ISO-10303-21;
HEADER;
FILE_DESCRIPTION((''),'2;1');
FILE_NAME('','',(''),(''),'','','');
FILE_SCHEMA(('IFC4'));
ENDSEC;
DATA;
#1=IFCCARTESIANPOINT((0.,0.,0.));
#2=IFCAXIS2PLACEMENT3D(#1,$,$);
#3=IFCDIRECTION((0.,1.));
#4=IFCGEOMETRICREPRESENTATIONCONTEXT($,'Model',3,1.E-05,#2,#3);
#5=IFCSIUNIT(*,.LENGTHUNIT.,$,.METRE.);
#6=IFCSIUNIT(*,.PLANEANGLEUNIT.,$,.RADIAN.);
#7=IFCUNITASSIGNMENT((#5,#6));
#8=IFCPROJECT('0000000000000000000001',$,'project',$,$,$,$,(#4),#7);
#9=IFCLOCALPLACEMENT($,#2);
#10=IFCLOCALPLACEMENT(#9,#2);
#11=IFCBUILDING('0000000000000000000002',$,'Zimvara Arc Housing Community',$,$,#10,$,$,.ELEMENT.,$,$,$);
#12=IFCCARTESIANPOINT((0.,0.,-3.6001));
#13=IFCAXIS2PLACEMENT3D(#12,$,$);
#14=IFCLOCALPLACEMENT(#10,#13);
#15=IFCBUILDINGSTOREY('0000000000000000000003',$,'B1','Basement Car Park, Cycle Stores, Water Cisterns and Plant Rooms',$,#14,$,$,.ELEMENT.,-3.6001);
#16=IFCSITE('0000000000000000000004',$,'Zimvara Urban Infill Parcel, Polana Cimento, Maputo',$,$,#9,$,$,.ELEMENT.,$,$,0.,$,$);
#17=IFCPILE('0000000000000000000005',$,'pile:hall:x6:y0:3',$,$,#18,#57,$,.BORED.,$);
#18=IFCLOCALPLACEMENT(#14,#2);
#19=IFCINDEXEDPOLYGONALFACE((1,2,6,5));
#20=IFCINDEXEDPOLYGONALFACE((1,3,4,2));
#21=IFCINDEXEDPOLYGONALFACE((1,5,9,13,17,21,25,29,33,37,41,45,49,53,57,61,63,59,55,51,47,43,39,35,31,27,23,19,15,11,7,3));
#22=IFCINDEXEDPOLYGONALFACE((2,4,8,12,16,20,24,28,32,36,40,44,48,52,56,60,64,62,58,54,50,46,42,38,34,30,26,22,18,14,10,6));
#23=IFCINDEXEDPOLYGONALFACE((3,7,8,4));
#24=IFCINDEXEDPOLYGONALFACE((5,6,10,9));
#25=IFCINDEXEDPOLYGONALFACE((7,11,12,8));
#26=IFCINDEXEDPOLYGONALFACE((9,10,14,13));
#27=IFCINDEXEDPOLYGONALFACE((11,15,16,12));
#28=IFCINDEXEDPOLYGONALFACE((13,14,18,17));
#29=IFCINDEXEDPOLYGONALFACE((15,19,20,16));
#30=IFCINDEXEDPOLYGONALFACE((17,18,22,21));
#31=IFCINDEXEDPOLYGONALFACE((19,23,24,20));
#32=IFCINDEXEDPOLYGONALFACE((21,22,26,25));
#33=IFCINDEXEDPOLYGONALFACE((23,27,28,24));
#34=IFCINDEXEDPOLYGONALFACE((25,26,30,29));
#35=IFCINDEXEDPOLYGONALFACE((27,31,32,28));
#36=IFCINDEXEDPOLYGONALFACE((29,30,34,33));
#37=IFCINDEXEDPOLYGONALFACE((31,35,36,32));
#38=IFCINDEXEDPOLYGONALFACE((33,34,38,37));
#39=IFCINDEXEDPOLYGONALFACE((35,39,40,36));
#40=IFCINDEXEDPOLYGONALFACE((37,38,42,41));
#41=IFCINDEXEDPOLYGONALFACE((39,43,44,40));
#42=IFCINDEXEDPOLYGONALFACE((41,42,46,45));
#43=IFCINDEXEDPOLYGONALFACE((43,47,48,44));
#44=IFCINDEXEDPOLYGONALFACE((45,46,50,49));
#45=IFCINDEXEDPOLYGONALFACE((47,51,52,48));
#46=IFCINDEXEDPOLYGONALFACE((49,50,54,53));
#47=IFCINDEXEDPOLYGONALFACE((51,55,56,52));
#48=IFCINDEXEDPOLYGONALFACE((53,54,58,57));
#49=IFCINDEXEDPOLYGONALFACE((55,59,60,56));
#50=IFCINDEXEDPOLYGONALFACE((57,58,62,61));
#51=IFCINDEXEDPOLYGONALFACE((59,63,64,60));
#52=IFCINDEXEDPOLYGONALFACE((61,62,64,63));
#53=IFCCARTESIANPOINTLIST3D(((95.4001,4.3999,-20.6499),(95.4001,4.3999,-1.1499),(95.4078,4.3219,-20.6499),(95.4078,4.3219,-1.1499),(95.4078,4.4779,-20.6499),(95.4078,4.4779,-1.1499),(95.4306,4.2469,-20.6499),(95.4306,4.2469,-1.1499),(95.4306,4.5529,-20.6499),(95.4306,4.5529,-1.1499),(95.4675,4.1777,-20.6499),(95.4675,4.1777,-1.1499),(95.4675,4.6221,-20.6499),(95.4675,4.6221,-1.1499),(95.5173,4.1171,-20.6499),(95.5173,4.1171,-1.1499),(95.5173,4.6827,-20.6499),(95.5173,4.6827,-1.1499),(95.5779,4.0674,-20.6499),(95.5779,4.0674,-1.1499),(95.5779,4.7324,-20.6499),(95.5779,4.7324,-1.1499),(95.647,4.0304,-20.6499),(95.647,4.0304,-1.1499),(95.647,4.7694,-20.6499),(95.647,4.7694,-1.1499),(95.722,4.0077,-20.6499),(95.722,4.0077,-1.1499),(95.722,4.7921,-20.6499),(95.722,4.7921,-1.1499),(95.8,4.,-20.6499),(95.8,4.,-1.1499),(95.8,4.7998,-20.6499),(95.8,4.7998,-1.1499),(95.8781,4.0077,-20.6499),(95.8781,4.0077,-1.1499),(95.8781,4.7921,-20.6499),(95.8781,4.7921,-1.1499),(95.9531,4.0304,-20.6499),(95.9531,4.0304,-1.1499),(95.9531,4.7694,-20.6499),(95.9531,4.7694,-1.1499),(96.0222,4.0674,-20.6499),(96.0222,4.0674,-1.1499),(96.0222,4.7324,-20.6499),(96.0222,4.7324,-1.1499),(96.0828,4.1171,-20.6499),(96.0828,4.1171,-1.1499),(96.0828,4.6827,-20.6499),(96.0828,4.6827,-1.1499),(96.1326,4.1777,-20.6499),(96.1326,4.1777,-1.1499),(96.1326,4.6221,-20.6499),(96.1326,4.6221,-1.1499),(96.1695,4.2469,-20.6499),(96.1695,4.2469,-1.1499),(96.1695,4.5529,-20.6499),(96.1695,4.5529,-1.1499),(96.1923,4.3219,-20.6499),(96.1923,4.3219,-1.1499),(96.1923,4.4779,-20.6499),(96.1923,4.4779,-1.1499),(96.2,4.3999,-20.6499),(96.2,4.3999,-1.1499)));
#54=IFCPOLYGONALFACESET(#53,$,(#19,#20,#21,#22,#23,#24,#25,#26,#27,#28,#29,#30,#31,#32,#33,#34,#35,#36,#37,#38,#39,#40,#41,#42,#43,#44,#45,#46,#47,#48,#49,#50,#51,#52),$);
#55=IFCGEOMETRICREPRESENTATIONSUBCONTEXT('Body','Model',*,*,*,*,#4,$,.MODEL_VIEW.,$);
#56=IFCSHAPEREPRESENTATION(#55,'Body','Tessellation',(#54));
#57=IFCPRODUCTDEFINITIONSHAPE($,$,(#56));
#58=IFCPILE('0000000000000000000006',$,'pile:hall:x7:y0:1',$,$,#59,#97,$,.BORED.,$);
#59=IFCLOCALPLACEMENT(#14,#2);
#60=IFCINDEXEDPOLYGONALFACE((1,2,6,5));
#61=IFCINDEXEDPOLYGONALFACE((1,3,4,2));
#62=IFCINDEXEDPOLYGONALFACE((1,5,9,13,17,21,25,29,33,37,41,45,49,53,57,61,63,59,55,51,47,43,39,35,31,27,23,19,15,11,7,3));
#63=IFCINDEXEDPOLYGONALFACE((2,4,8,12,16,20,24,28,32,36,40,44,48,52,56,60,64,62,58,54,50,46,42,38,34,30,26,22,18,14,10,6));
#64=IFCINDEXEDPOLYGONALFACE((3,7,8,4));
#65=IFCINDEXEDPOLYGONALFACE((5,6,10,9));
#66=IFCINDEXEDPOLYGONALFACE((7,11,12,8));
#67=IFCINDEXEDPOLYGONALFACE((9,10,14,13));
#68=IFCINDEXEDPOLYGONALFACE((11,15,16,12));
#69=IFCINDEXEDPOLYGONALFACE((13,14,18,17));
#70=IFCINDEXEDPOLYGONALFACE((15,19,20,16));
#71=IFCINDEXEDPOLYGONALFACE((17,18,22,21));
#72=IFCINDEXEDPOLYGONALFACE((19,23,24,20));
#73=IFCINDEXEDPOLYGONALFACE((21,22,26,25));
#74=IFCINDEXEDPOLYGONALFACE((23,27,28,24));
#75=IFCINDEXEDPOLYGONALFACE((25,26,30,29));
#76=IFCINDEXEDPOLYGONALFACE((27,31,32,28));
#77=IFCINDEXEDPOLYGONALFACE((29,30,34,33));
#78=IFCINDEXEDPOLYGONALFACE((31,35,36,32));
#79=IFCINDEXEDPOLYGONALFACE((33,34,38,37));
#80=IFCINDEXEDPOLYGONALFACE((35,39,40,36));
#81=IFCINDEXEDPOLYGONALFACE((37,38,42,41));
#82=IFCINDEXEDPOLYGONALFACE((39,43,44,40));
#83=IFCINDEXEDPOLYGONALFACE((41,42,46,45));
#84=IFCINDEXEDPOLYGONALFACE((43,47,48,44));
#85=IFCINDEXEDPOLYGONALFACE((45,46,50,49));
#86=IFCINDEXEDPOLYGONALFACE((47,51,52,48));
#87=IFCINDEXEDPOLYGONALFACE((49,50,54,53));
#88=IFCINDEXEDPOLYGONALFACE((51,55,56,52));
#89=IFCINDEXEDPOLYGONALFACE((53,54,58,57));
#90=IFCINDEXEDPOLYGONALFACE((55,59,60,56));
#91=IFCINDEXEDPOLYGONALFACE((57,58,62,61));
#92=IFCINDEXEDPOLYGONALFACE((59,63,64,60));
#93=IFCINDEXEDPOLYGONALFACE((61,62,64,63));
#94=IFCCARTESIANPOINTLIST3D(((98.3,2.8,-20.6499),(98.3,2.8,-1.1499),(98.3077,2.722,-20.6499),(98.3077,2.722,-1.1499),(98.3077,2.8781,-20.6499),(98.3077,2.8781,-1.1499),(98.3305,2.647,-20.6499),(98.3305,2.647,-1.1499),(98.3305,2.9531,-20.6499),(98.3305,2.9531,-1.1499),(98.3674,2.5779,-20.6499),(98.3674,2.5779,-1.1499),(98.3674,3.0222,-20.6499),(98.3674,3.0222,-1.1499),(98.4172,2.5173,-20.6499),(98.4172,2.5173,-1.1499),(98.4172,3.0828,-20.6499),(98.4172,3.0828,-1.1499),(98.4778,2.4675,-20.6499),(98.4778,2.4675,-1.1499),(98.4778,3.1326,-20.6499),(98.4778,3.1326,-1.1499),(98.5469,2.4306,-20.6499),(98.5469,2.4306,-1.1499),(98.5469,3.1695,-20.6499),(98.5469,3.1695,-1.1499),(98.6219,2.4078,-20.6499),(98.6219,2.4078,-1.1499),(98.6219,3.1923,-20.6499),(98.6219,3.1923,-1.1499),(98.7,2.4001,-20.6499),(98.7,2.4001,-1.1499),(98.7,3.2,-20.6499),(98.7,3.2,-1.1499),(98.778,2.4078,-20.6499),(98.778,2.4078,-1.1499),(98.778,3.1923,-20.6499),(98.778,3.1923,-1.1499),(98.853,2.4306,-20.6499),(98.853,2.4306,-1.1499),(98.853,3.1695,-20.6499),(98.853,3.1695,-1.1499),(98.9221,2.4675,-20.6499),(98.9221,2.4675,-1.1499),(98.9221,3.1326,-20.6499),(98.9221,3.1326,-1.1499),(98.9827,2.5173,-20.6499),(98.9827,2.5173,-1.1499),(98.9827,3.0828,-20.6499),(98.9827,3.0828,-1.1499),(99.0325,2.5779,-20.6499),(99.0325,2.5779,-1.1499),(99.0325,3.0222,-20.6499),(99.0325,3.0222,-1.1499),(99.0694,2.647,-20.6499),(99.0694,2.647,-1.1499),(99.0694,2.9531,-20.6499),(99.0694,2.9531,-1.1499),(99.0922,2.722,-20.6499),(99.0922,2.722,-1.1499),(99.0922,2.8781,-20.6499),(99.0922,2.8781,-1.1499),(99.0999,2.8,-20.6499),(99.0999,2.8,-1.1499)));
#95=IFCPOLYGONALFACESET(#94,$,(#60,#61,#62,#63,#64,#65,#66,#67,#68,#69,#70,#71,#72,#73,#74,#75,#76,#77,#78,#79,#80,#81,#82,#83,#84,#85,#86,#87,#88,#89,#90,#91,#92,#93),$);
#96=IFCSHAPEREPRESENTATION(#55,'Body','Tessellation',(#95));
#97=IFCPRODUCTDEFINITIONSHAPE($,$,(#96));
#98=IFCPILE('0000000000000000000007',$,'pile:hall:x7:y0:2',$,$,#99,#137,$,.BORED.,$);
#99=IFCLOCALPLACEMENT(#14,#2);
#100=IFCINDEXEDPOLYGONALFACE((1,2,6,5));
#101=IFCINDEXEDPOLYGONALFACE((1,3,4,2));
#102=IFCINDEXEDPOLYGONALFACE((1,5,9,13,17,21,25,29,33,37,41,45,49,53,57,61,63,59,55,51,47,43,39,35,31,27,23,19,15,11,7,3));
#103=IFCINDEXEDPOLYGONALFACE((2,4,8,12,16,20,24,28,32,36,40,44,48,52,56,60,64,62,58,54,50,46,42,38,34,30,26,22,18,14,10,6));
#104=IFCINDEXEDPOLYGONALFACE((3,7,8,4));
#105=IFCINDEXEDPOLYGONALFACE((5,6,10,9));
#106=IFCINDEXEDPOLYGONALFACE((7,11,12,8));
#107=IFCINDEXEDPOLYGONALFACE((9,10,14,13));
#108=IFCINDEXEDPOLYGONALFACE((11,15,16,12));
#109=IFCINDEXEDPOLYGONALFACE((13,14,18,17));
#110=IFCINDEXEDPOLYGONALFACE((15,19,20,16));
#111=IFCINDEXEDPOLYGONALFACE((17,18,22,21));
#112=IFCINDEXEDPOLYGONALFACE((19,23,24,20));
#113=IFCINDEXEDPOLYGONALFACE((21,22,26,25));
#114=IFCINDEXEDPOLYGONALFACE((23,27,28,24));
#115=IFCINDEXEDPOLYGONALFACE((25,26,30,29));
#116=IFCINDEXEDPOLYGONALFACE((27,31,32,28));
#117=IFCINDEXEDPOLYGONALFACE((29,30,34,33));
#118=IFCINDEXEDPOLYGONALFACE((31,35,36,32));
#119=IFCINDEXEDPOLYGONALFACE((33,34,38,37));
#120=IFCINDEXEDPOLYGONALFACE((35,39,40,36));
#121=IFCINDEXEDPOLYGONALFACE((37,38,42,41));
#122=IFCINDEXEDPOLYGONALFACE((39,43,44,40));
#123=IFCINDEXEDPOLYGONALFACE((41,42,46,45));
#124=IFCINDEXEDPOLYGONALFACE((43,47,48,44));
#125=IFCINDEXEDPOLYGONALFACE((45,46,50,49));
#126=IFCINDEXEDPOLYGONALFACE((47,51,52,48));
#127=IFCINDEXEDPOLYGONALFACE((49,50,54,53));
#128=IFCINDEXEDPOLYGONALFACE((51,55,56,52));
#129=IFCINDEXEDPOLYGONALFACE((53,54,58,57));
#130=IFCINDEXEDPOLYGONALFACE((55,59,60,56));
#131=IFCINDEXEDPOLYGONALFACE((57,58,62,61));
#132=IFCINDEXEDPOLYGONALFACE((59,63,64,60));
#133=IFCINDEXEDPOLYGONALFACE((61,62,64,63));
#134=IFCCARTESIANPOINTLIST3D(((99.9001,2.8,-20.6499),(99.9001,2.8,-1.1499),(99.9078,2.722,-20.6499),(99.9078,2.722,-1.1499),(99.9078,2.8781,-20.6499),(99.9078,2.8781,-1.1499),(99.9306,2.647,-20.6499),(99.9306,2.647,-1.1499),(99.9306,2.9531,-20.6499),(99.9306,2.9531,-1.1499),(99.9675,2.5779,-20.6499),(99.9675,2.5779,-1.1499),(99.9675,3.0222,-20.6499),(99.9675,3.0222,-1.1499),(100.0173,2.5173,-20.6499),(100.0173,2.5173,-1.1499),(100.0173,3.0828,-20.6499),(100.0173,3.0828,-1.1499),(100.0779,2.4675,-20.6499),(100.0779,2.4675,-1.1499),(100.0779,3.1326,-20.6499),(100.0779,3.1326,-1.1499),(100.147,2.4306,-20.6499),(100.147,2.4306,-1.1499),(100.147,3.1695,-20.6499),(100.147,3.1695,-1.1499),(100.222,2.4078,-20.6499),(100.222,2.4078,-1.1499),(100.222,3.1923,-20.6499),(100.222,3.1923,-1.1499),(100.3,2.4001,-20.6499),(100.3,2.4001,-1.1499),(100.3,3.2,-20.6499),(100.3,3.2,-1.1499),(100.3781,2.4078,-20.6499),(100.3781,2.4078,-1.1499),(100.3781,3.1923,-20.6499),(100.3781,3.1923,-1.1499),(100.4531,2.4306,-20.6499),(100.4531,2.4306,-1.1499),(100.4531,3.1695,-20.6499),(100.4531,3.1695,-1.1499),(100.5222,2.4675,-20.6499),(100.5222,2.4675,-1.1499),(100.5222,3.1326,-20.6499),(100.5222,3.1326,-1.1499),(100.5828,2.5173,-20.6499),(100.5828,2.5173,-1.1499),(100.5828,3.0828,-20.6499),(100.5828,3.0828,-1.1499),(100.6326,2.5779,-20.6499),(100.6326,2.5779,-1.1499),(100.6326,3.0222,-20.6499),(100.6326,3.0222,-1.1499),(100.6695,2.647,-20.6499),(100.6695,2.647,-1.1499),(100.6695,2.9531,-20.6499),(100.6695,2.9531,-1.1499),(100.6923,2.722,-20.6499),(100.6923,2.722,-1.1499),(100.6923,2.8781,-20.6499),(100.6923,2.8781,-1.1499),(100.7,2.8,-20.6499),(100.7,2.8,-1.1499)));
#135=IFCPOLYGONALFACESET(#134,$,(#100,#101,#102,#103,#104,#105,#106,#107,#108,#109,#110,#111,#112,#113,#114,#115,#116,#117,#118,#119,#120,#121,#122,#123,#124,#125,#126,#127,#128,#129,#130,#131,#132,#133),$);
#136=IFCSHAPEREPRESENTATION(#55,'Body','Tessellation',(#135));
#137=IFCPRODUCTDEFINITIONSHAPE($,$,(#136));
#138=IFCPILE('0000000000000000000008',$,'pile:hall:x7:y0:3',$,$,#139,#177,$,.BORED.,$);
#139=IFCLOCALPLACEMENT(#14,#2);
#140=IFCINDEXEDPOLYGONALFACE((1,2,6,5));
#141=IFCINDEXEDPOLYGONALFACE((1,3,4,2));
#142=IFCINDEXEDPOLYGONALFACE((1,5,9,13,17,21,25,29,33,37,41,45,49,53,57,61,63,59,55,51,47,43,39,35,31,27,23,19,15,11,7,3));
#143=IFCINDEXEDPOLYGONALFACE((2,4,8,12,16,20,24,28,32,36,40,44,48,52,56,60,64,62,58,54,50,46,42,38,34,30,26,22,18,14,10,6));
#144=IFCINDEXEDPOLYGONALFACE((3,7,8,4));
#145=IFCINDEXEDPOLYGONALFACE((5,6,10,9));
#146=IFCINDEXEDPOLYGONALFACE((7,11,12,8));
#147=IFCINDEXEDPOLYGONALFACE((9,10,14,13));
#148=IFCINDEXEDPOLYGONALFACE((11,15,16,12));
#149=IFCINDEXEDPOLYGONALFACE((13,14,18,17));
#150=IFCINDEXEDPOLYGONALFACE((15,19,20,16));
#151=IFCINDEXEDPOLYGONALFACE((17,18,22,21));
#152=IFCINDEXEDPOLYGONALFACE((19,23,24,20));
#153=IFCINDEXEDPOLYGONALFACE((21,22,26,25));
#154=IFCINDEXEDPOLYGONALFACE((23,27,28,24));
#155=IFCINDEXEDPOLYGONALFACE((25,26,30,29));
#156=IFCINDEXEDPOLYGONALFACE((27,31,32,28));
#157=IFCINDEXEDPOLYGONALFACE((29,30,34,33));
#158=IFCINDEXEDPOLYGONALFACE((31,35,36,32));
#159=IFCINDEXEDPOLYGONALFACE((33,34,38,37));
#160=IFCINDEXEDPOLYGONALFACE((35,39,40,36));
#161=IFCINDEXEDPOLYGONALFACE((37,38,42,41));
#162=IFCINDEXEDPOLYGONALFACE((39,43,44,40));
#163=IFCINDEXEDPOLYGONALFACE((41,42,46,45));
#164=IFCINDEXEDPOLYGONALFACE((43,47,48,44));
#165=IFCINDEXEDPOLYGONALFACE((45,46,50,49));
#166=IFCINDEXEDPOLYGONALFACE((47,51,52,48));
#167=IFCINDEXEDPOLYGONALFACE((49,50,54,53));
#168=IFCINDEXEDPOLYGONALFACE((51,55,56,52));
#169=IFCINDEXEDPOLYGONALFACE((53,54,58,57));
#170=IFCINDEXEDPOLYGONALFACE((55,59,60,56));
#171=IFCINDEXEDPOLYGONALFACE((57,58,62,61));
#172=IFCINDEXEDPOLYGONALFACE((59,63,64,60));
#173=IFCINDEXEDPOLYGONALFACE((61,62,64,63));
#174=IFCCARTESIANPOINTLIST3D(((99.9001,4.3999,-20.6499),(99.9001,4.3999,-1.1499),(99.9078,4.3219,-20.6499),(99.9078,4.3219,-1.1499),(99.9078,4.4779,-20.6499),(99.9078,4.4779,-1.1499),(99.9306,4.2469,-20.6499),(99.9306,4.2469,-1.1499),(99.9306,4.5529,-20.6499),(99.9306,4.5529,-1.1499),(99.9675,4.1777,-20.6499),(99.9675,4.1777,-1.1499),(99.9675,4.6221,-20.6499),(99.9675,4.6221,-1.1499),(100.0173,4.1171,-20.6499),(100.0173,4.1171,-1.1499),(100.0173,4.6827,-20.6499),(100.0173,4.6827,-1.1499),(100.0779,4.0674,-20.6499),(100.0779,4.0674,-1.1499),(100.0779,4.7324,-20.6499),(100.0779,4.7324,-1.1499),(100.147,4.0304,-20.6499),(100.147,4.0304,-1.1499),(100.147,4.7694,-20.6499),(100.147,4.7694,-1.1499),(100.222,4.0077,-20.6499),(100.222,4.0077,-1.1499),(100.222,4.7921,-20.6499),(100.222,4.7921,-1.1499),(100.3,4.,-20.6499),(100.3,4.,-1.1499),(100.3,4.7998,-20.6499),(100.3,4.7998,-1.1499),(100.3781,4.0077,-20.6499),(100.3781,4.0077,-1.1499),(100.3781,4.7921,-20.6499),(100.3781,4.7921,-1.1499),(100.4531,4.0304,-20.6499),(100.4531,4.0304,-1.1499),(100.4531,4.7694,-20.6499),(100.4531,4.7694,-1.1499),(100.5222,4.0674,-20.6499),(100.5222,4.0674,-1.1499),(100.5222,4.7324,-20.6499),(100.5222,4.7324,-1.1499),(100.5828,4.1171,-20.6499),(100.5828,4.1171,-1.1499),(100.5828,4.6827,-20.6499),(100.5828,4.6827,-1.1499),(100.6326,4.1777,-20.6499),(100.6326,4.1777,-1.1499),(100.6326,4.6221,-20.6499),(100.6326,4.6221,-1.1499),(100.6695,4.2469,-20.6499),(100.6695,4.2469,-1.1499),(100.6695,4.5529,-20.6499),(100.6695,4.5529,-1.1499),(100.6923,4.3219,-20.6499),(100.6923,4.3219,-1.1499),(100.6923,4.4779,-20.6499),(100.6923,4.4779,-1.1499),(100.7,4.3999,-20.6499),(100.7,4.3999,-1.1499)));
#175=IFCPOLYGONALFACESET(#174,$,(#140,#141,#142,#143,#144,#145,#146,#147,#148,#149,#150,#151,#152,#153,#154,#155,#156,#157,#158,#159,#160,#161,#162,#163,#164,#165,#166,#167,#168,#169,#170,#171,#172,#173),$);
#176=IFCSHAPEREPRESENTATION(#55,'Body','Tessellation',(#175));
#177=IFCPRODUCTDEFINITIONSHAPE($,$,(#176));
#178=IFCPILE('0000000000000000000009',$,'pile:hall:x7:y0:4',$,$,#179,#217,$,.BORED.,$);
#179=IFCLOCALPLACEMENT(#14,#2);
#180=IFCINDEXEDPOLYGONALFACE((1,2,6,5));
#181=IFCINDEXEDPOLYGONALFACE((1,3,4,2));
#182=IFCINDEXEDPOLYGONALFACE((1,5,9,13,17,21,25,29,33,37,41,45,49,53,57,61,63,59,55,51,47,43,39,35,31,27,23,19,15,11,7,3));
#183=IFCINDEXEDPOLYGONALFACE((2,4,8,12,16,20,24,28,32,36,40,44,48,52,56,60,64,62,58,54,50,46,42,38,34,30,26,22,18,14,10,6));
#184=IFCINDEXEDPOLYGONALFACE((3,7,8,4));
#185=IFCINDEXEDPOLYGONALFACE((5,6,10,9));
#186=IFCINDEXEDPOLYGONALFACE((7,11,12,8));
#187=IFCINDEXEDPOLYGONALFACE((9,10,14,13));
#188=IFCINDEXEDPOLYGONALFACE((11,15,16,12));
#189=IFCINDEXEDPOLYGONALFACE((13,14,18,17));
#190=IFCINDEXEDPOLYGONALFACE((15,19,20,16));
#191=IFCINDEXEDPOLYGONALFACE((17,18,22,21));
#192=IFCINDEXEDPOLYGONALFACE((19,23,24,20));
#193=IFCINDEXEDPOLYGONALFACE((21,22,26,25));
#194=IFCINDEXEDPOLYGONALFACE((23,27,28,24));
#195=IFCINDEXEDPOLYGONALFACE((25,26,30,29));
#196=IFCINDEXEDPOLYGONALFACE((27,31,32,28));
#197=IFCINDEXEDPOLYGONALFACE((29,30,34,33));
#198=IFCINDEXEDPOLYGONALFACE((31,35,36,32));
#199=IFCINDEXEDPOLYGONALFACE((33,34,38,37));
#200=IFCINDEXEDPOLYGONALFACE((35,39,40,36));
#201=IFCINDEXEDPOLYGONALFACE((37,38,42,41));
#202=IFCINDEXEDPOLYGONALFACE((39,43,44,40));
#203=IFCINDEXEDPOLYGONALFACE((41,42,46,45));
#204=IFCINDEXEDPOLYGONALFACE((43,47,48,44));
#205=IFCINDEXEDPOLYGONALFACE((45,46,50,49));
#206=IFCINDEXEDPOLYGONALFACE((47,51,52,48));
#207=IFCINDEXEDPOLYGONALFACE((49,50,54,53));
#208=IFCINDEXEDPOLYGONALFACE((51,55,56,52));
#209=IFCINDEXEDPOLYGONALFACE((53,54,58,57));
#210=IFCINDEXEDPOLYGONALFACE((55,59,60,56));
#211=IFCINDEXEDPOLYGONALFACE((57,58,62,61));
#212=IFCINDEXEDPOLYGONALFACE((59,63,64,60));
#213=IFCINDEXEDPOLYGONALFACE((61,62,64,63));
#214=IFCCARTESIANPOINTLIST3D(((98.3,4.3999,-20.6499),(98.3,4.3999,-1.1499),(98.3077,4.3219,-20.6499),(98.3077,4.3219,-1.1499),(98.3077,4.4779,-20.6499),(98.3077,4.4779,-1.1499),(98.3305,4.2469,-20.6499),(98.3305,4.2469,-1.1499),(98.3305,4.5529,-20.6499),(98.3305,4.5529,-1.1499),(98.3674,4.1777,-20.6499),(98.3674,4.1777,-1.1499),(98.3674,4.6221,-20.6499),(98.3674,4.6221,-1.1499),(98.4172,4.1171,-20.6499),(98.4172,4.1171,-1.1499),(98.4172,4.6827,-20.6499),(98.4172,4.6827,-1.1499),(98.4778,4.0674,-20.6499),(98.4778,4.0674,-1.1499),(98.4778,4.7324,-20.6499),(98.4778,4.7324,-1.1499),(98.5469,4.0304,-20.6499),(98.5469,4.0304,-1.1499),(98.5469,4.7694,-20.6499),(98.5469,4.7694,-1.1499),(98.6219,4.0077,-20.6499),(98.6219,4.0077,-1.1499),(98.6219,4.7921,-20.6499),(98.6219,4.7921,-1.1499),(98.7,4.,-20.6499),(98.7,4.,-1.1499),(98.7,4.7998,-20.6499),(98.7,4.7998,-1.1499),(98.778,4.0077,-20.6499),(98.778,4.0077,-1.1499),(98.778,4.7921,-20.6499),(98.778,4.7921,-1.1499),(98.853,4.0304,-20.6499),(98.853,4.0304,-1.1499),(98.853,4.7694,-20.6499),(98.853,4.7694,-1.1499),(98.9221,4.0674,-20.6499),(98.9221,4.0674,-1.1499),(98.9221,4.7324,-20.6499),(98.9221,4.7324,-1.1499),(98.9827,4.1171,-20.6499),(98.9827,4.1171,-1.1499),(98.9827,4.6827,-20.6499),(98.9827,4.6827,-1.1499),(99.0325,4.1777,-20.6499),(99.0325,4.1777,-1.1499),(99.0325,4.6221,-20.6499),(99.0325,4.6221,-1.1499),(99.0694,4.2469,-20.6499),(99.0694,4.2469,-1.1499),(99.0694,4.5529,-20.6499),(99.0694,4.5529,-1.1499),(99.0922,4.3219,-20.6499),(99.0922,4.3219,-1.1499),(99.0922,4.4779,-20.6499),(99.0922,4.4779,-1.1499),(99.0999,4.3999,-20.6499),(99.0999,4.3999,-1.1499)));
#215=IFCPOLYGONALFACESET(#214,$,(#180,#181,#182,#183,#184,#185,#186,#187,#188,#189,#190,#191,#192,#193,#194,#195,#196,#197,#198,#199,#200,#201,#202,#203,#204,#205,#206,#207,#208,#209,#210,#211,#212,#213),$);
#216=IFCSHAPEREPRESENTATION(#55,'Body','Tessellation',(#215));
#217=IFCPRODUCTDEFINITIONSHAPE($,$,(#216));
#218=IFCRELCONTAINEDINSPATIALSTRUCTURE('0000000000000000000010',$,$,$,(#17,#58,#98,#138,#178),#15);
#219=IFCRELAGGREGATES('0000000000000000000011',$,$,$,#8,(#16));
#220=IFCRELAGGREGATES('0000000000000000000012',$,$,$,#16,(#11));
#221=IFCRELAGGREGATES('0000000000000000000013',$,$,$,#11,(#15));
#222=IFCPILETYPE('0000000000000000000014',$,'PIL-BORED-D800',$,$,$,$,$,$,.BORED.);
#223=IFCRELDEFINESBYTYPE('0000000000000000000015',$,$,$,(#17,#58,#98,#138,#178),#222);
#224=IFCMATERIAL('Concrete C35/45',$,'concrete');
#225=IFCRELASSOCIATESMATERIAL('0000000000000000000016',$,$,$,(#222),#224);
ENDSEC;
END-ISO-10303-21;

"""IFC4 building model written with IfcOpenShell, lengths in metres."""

from ifc_helpers import new_model, si_unit, direction, frame, origin, origin_2d, place, context, subcontext, project, spatial, circle, extrude, material, material_profile, profile_set, type_object, element, save


model = new_model("IFC4")

# Units and contexts
model_context = context("Model", 3, precision=1e-05, world=origin(), true_north=direction((0.0, 1.0)))
body_context = subcontext(model_context, "Body", "Model", "MODEL_VIEW")
ifc_project = project(units=[si_unit("LENGTHUNIT", "METRE"), si_unit("PLANEANGLEUNIT", "RADIAN")], contexts=[model_context])

# Site, building, storey
site_placement = place(None, origin())
site = spatial("IfcSite", under=ifc_project, at=site_placement, Name="Zimvara Urban Infill Parcel, Polana Cimento, Maputo", CompositionType="ELEMENT", RefElevation=0.0)
building_placement = place(site_placement, origin())
building = spatial("IfcBuilding", under=site, at=building_placement, Name="Zimvara Arc Housing Community", CompositionType="ELEMENT")
storey_placement = place(building_placement, frame((0.0, 0.0, -3.6001)))
storey = spatial("IfcBuildingStorey", under=building, at=storey_placement, Name="B1", Description="Basement Car Park, Cycle Stores, Water Cisterns and Plant Rooms", CompositionType="ELEMENT", Elevation=-3.6001)

# Piles
ifc_material_1 = material(Name="Concrete C35/45", Category="concrete")
ifc_material_profile_1 = material_profile(ifc_material_1, circle(Radius=0.3999, at=origin_2d()), Name="PILE D800")
ifc_profile_set_1 = profile_set([ifc_material_profile_1], Name="Concrete C35/45")
pile_type_1 = type_object("IfcPileType", Name="PIL-BORED-D800", PredefinedType="BORED", material=ifc_profile_set_1)
for number, where, z_axis, x_axis, name in (
    (1, (95.8, 4.3999, -1.1499), (0.0, 0.0, -1.0), (1.0, 0.0, 0.0), "pile:hall:x6:y0:3"),
    (2, (98.7, 2.8, -1.1499), (0.0, 0.0, -1.0), (1.0, 0.0, 0.0), "pile:hall:x7:y0:1"),
    (3, (100.3, 2.8, -1.1499), (0.0, 0.0, -1.0), (1.0, 0.0, 0.0), "pile:hall:x7:y0:2"),
    (4, (100.3, 4.3999, -1.1499), (0.0, 0.0, -1.0), (1.0, 0.0, 0.0), "pile:hall:x7:y0:3"),
    (5, (98.7, 4.3999, -1.1499), (0.0, 0.0, -1.0), (1.0, 0.0, 0.0), "pile:hall:x7:y0:4"),
):
    element("IfcPile", number, at=place(storey_placement, frame(where, z_axis=z_axis, x_axis=x_axis)), inside=storey, type_object=pile_type_1, Name=name, PredefinedType="BORED", context=body_context, shape_type="SweptSolid", body=[
        extrude(circle(Radius=0.3999, at=origin_2d()), origin(), (0.0, 0.0, 1.0), 19.5),
    ])

save(model, "model.ifc")
